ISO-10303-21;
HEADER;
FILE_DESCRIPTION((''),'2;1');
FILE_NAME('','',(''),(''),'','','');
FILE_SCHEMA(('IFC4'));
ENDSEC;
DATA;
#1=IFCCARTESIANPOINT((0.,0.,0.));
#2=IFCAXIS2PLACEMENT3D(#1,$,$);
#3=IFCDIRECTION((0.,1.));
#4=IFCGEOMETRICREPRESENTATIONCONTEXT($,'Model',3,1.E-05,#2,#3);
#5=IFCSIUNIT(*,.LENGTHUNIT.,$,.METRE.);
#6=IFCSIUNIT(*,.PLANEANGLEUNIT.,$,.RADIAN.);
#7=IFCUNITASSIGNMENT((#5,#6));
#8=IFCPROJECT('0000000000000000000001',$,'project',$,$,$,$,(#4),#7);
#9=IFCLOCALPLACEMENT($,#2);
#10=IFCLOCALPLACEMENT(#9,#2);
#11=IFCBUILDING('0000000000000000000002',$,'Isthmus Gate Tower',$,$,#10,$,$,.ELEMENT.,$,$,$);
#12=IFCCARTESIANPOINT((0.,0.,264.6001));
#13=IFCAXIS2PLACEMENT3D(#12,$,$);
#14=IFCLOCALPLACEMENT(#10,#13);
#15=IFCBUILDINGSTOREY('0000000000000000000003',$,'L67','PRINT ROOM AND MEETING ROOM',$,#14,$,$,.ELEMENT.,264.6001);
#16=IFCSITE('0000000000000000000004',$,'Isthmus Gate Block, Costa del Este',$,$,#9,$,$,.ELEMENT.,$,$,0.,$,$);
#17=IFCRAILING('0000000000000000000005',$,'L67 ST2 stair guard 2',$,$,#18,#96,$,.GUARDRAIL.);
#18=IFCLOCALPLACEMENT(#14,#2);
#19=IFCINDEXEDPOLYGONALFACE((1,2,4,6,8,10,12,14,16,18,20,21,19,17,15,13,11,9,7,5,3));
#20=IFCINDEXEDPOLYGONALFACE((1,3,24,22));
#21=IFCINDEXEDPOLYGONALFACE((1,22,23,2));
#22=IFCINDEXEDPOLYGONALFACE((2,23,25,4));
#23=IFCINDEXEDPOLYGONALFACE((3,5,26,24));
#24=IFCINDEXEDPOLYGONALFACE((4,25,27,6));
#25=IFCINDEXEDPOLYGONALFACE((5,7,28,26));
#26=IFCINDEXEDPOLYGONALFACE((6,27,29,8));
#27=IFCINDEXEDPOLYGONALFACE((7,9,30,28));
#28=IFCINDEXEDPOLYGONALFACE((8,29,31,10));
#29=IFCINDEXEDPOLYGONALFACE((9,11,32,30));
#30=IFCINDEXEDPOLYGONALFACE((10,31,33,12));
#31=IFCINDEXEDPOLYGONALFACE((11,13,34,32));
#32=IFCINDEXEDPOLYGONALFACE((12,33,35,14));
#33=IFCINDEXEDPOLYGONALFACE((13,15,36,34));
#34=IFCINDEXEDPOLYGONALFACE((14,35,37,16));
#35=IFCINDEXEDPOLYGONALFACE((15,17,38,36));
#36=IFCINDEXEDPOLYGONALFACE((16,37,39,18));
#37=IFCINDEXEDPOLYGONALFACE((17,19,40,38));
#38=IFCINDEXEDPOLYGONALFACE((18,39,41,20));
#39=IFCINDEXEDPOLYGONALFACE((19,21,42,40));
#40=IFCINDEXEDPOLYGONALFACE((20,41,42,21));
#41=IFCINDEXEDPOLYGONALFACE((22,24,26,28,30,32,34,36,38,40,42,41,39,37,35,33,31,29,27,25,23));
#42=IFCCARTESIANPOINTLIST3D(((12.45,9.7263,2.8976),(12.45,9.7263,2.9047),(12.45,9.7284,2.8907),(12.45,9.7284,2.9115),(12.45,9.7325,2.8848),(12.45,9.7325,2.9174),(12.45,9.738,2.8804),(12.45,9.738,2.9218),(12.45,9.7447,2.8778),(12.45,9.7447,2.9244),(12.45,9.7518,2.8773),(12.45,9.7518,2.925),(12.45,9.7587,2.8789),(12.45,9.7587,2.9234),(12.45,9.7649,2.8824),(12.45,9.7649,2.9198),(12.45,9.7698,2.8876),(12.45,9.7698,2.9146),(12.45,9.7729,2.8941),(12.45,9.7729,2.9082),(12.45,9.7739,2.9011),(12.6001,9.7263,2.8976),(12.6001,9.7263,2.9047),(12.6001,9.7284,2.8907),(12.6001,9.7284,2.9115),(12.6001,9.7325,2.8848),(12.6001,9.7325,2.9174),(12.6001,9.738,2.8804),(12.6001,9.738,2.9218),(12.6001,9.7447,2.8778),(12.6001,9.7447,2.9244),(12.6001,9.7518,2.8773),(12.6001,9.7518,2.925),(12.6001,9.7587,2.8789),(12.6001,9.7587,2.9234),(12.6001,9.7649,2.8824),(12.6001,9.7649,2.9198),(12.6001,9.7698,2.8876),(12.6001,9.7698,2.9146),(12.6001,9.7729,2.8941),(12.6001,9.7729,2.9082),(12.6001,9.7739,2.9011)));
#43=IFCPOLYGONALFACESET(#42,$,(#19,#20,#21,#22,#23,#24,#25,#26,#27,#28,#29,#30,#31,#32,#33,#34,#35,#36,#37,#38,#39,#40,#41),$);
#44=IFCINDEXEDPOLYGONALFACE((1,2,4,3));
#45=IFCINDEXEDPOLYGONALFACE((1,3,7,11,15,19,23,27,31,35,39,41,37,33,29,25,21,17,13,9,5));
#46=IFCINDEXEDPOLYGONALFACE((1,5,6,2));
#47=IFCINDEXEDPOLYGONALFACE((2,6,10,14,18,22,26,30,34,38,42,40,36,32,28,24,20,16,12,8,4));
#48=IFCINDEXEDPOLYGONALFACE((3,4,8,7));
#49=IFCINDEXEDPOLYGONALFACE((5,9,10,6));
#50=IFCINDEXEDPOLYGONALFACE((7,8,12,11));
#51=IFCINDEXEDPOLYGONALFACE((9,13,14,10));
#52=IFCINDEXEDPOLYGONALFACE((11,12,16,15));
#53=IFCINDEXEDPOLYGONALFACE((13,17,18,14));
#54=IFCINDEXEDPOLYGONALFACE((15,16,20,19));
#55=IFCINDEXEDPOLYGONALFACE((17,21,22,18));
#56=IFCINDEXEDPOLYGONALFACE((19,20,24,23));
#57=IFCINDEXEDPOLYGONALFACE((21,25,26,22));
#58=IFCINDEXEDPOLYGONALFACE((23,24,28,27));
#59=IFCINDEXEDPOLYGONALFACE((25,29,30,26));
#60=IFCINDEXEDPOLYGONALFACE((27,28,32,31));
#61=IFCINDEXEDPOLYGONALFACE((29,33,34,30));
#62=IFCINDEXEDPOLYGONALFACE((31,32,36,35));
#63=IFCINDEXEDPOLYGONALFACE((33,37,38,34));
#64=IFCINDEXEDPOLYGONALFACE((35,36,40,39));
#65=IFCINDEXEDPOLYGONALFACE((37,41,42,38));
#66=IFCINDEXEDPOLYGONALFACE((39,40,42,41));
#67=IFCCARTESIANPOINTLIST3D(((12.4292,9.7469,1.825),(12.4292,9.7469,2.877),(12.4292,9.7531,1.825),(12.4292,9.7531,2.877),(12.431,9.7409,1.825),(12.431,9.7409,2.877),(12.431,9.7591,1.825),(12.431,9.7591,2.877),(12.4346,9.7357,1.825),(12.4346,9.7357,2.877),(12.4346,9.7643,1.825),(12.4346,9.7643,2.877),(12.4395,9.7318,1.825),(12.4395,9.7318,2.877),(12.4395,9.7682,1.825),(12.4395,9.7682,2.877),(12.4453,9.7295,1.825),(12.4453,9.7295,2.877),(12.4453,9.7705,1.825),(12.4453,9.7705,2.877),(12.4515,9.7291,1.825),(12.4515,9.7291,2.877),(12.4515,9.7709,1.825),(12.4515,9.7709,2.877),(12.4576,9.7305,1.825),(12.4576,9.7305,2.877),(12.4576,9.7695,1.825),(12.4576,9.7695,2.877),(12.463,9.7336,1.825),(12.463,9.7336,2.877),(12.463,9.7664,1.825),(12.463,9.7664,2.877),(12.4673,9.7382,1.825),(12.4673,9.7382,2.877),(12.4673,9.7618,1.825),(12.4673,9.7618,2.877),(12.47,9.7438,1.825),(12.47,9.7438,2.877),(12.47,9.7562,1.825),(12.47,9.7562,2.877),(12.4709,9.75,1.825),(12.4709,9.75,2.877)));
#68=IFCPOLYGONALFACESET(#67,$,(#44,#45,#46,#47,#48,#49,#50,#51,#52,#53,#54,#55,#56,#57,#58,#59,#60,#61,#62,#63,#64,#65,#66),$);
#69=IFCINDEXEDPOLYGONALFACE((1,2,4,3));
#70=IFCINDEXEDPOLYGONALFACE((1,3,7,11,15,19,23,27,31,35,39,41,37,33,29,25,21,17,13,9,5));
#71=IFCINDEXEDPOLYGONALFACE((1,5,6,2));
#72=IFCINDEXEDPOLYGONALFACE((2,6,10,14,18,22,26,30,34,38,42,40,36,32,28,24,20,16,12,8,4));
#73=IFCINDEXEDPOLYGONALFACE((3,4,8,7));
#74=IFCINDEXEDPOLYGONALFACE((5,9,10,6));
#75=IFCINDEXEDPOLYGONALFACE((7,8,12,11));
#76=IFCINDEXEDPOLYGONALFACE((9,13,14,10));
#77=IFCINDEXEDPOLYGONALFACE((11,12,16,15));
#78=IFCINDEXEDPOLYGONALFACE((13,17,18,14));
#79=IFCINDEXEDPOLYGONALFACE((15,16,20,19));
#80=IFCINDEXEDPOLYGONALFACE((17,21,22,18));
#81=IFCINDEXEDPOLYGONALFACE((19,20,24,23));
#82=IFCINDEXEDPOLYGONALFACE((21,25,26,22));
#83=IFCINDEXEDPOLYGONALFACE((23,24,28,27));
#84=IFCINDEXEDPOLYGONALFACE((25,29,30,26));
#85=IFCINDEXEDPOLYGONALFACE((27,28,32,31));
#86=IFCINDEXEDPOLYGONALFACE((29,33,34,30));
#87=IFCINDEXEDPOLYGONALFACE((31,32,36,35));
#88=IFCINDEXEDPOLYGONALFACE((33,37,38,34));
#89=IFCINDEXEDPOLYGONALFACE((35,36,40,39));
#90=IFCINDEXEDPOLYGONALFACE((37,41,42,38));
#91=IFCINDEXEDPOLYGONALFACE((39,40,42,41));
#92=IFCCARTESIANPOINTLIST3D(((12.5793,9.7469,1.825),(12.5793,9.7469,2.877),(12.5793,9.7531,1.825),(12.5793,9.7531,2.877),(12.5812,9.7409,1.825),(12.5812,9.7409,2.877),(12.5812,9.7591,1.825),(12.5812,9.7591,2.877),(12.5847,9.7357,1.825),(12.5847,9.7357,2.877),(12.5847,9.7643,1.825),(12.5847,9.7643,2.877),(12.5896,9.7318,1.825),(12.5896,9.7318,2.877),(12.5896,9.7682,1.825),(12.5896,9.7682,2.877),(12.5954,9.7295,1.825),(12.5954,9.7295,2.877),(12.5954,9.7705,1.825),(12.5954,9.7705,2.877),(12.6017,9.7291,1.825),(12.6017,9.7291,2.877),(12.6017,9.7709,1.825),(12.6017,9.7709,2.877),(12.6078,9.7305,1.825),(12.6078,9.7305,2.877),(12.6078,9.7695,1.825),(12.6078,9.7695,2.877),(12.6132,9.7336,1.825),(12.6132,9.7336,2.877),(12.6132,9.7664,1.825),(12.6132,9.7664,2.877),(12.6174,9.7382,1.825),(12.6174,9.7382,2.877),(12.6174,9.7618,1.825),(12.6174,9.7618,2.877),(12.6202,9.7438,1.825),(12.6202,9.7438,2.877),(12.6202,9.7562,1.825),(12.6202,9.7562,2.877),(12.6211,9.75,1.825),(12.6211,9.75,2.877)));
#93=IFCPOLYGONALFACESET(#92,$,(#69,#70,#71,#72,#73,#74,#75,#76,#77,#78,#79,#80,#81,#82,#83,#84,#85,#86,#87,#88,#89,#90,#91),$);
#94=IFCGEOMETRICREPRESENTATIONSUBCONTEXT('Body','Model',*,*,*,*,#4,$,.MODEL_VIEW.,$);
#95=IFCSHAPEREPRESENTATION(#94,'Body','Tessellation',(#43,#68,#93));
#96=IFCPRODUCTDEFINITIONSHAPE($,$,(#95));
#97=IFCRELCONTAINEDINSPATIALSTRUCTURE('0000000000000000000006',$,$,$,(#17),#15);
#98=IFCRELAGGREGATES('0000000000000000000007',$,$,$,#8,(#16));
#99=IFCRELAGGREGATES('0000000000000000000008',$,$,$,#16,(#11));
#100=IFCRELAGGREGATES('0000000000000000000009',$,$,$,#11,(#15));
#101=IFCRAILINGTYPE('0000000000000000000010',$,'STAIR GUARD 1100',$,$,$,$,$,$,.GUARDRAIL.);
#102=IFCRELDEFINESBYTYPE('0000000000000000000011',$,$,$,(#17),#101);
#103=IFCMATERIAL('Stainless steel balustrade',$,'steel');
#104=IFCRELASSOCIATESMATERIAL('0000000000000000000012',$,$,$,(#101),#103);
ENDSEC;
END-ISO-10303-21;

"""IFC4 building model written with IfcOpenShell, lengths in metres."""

from ifc_helpers import new_model, si_unit, direction, frame, origin, origin_2d, place, context, subcontext, project, spatial, circle, extrude, material, type_object, element, save


model = new_model("IFC4")

# Units and contexts
model_context = context("Model", 3, precision=1e-05, world=origin(), true_north=direction((0.0, 1.0)))
body_context = subcontext(model_context, "Body", "Model", "MODEL_VIEW")
ifc_project = project(units=[si_unit("LENGTHUNIT", "METRE"), si_unit("PLANEANGLEUNIT", "RADIAN")], contexts=[model_context])

# Site, building, storey
site_placement = place(None, origin())
site = spatial("IfcSite", under=ifc_project, at=site_placement, Name="Isthmus Gate Block, Costa del Este", CompositionType="ELEMENT", RefElevation=0.0)
building_placement = place(site_placement, origin())
building = spatial("IfcBuilding", under=site, at=building_placement, Name="Isthmus Gate Tower", CompositionType="ELEMENT")
storey_placement = place(building_placement, frame((0.0, 0.0, 264.6001)))
storey = spatial("IfcBuildingStorey", under=building, at=storey_placement, Name="L67", Description="PRINT ROOM AND MEETING ROOM", CompositionType="ELEMENT", Elevation=264.6001)

# Railing
ifc_material_1 = material(Name="Stainless steel balustrade", Category="steel")
railing_type_1 = type_object("IfcRailingType", Name="STAIR GUARD 1100", PredefinedType="GUARDRAIL", material=ifc_material_1)
railing_1_placement = place(storey_placement, frame((12.45, 9.75, 1.825)))
element("IfcRailing", 1, at=railing_1_placement, inside=storey, type_object=railing_type_1, Name="L67 ST2 stair guard 2", PredefinedType="GUARDRAIL", context=body_context, shape_type="SweptSolid", body=[
    extrude(circle(Radius=0.0239, at=origin_2d()), frame((0.0, 0.0, 1.0762), z_axis=(1.0, 0.0, 0.0), x_axis=(0.0, 1.0, 0.0)), (0.0, 0.0, 1.0), 0.1501),
    extrude(circle(Radius=0.021, at=origin_2d()), origin(), (0.0, 0.0, 1.0), 1.052),
    extrude(circle(Radius=0.021, at=origin_2d()), frame((0.1501, 0.0, 0.0)), (0.0, 0.0, 1.0), 1.052),
])

save(model, "model.ifc")
